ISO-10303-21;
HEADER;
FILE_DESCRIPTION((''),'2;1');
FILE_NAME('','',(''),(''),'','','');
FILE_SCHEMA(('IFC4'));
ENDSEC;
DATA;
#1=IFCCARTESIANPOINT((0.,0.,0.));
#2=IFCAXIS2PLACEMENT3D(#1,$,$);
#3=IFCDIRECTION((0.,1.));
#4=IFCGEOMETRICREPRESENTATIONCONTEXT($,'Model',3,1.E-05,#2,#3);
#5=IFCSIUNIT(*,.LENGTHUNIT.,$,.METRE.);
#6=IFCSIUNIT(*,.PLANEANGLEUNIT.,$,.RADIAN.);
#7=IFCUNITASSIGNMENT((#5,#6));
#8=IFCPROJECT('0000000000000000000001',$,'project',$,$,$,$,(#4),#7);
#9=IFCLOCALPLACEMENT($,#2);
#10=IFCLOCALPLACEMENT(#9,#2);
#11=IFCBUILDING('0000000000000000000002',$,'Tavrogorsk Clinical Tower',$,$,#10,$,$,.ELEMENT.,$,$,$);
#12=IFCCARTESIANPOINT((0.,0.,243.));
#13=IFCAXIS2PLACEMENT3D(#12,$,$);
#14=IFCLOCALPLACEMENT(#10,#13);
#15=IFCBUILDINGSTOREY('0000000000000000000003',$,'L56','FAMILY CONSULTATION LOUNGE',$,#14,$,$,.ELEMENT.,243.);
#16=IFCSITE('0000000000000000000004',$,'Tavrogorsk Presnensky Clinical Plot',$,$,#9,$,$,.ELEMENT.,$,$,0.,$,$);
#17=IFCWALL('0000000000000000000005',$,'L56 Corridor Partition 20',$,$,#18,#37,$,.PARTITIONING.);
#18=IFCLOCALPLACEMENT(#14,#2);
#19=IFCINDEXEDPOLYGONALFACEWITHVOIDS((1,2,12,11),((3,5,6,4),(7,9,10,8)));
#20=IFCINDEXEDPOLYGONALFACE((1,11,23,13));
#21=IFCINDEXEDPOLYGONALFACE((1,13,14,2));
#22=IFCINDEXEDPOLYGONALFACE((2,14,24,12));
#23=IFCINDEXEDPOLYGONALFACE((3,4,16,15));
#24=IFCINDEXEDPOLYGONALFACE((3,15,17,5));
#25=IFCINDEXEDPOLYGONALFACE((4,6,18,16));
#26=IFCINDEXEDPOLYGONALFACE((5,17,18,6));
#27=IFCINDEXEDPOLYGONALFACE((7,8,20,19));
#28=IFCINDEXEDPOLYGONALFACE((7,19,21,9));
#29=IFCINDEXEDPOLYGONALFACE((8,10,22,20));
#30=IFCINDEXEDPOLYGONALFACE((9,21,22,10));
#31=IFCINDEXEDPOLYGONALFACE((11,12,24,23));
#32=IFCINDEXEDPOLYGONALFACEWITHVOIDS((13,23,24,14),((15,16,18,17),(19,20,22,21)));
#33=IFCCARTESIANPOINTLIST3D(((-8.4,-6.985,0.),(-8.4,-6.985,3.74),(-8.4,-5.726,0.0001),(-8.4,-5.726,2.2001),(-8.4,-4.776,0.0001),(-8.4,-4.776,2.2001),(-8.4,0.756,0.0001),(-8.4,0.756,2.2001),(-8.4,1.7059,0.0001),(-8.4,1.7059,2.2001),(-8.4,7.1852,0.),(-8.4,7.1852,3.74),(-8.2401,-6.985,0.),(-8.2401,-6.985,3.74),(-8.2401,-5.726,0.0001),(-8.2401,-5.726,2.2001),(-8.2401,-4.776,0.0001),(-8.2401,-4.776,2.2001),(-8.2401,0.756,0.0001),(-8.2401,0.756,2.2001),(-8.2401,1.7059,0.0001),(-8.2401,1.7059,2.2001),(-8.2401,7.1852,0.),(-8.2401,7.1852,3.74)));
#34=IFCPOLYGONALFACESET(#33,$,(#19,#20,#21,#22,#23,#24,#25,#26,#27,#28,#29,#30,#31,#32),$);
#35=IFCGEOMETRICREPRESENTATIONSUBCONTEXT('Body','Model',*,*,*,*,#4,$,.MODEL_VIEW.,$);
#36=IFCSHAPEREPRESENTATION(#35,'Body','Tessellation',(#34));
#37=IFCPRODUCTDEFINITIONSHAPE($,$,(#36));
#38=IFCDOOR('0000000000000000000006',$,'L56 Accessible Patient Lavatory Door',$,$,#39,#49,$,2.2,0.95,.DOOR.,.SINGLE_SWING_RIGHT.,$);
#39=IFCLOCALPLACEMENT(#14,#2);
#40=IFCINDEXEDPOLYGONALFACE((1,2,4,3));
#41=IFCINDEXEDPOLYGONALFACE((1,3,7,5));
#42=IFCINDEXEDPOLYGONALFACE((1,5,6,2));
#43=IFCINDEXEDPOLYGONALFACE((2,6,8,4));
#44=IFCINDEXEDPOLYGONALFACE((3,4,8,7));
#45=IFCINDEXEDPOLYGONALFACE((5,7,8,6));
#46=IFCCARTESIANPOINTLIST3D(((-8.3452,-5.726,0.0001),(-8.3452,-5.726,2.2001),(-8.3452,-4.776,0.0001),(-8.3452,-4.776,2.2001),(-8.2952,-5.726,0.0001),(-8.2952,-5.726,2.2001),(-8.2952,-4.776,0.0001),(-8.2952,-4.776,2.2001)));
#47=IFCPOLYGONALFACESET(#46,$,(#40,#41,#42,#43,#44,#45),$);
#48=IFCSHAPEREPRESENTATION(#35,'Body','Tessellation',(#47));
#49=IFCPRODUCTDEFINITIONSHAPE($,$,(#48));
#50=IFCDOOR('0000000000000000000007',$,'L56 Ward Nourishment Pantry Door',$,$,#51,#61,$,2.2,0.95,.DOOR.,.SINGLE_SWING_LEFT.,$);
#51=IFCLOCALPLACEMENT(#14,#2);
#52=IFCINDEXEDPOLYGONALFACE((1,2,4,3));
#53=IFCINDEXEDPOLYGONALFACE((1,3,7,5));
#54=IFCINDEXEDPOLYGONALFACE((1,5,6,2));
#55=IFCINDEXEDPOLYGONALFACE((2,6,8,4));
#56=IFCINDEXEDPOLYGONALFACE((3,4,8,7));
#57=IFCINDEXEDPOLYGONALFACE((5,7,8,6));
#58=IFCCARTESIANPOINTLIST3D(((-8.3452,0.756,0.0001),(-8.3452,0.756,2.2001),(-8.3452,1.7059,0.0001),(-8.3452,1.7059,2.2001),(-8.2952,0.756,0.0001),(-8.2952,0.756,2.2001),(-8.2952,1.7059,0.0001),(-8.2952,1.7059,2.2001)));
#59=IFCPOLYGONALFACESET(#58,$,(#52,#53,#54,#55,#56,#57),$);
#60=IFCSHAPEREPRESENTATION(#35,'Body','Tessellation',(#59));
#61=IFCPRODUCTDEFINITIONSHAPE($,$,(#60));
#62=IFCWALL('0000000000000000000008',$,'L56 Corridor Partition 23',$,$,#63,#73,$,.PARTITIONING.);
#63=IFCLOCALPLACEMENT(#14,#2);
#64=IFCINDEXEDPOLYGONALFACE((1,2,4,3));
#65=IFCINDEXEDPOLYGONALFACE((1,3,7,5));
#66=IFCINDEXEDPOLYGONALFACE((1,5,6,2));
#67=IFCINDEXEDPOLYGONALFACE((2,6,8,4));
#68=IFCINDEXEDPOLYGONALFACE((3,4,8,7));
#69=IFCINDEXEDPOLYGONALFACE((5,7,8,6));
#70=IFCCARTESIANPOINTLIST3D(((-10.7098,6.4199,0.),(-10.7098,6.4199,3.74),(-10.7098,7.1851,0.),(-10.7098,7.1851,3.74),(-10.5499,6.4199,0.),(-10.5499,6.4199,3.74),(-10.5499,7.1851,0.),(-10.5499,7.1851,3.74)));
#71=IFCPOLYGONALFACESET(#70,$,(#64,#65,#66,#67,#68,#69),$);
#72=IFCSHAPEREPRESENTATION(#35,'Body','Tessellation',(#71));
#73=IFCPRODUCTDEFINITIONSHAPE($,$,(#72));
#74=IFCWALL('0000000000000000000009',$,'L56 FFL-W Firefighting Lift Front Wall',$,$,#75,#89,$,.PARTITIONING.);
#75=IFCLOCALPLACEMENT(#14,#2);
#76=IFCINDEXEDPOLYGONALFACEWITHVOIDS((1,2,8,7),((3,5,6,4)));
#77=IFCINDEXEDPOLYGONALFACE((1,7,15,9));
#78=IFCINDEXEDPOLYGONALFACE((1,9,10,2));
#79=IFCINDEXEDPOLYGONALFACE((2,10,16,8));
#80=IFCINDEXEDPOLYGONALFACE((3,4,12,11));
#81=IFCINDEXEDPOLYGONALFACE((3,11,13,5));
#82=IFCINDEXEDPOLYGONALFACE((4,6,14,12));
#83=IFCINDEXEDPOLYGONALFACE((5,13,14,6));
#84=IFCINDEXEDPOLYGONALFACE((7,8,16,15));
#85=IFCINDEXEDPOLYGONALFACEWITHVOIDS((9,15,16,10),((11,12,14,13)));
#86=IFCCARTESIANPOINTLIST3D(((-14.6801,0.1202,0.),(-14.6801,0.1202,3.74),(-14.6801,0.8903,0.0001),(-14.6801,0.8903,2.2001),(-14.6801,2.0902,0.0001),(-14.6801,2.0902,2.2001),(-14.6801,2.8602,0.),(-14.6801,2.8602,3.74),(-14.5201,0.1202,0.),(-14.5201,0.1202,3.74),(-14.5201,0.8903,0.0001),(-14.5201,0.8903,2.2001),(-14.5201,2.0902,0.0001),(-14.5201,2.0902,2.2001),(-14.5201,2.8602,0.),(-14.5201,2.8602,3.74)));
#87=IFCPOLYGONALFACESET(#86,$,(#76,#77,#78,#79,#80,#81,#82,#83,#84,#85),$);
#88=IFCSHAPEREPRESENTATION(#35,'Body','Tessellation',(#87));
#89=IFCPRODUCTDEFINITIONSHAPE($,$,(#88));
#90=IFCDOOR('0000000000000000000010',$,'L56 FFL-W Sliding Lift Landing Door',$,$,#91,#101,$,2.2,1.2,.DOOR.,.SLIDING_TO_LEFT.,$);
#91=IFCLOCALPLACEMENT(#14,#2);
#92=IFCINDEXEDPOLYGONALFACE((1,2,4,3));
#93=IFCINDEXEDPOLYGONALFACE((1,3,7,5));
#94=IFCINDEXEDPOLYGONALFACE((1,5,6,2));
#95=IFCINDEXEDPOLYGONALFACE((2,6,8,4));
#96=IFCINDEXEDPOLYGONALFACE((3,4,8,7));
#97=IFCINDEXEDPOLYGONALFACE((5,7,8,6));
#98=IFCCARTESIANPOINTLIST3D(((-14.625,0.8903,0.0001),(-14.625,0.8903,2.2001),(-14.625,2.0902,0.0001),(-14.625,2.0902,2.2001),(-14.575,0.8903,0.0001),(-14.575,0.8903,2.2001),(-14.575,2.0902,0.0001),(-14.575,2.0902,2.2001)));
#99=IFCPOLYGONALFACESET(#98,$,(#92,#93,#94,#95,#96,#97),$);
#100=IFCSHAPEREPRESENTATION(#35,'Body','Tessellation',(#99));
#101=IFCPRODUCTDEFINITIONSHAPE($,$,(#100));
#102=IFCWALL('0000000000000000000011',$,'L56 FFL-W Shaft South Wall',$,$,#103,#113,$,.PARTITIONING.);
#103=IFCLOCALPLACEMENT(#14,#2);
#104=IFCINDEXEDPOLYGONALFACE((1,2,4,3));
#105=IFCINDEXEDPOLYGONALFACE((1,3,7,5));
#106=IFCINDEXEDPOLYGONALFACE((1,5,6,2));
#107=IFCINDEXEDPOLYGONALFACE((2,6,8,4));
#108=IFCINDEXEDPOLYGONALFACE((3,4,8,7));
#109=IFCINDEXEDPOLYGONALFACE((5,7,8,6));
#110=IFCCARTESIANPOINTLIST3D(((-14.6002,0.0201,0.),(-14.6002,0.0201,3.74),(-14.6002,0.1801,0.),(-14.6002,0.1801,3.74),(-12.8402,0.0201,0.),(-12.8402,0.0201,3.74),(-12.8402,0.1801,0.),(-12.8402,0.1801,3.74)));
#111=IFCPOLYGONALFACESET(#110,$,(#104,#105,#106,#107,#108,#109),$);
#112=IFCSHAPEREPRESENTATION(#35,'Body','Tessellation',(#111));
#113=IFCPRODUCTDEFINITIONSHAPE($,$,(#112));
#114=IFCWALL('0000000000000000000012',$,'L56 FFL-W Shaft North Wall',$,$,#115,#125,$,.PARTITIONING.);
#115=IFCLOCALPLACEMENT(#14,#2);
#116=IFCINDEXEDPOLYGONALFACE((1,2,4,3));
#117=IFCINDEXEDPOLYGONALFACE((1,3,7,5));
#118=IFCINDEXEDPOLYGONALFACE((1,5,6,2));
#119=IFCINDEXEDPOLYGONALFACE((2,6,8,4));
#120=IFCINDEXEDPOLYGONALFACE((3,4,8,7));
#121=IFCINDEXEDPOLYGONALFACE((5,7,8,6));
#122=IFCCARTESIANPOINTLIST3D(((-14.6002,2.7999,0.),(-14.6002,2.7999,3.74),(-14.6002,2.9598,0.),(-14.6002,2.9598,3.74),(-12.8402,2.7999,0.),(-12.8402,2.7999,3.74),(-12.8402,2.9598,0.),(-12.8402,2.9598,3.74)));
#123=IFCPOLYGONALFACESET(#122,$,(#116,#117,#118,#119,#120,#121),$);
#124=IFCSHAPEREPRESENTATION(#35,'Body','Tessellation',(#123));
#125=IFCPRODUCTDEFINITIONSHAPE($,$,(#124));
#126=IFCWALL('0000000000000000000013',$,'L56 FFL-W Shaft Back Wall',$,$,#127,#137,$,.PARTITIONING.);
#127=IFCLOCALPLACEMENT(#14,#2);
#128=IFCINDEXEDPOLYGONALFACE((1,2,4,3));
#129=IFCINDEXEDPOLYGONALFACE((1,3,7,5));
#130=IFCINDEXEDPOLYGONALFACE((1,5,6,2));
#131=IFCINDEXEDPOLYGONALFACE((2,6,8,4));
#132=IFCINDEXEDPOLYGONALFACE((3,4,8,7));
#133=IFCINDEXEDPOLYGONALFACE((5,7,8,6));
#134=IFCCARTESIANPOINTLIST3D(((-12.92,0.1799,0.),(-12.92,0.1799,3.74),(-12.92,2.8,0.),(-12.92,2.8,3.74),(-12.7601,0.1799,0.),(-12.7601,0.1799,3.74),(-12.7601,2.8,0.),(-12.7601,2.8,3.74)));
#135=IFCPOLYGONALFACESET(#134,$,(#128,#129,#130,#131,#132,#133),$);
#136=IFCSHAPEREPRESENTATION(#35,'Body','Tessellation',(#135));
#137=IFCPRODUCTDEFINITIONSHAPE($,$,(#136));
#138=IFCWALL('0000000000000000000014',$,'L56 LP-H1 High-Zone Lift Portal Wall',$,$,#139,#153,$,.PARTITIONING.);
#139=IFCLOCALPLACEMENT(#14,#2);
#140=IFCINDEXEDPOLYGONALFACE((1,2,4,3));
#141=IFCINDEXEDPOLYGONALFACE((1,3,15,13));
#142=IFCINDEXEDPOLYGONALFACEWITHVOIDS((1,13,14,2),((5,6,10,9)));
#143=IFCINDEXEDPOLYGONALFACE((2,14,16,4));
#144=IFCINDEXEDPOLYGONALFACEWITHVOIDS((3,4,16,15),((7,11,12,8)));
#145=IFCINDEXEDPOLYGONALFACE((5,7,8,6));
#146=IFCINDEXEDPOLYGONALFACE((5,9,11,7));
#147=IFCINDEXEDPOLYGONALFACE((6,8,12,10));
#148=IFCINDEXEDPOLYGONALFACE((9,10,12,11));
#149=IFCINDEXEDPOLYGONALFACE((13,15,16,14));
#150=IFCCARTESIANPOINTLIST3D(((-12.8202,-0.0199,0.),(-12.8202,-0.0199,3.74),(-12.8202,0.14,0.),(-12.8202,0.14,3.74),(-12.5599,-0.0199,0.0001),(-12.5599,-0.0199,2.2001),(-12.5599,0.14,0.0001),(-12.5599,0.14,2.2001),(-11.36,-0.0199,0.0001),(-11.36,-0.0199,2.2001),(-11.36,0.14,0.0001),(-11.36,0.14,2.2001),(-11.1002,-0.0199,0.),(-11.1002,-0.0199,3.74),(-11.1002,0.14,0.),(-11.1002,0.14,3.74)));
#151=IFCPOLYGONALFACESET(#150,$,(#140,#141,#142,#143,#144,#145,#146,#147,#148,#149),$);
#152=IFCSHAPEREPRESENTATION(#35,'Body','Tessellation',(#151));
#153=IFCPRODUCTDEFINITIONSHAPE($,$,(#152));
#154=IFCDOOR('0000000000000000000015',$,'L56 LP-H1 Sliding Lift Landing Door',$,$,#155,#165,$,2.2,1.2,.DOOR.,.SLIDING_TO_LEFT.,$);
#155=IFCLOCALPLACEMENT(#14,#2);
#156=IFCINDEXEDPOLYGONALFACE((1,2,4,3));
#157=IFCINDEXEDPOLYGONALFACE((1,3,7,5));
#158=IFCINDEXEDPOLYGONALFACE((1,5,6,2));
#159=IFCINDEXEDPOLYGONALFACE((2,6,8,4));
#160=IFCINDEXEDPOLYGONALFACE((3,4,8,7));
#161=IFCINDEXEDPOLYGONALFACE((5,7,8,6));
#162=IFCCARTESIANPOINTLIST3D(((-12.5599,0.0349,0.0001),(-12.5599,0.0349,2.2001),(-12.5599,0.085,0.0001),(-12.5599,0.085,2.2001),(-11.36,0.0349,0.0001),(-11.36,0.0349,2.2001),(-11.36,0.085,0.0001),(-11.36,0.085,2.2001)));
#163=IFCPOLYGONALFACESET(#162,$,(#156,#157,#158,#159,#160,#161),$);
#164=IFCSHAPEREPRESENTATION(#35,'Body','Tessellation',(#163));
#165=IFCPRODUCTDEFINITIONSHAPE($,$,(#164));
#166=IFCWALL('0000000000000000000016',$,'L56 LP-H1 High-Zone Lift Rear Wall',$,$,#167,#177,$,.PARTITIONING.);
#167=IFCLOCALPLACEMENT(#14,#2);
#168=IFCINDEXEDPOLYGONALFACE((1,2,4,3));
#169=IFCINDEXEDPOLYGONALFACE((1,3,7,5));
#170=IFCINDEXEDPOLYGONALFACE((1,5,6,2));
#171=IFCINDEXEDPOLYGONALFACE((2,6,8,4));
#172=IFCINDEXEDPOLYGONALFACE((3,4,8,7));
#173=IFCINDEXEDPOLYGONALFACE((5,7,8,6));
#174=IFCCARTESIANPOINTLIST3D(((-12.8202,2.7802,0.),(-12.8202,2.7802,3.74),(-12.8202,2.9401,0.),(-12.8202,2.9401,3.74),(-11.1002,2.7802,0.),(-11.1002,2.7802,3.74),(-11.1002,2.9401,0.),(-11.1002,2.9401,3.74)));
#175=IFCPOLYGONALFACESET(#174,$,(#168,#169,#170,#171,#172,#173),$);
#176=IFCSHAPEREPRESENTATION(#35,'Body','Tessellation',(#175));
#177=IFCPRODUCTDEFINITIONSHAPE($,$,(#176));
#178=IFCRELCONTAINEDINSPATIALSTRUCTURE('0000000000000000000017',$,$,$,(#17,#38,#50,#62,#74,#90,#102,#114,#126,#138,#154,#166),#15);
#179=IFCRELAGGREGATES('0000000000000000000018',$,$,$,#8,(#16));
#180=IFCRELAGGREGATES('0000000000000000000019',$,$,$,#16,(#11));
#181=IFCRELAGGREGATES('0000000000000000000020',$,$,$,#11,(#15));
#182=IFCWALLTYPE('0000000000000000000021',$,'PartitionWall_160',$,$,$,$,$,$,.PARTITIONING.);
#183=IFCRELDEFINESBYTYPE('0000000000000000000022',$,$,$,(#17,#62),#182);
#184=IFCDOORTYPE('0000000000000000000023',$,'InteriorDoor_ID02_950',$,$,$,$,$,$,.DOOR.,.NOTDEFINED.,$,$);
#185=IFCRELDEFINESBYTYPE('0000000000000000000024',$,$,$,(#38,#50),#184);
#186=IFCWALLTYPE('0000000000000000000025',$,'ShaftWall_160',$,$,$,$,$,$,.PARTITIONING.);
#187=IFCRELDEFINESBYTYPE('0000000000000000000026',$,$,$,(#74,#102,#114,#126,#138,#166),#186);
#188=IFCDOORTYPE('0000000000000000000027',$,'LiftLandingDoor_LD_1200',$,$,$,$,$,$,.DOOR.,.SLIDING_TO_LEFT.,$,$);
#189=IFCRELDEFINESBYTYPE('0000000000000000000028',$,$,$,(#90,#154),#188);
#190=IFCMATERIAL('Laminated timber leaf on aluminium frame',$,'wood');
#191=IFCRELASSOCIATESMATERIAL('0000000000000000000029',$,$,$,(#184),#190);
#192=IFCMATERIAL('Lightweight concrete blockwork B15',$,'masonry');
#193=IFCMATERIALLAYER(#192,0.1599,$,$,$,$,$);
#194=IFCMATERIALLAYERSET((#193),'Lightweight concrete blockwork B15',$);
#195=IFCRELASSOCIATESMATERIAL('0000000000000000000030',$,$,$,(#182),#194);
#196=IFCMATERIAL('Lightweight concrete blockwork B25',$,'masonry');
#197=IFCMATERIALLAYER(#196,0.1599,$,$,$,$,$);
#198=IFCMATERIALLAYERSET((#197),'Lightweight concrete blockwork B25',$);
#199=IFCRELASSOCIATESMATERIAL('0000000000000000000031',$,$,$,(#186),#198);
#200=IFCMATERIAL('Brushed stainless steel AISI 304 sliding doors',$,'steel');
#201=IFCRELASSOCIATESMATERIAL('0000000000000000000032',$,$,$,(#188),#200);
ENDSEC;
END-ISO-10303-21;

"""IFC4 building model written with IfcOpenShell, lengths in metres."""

from ifc_helpers import new_model, si_unit, direction, frame, frame_2d, origin, place, context, subcontext, project, spatial, rectangle, extrude, material, layer, layer_set, type_object, element, fill, save


model = new_model("IFC4")

# Units and contexts
model_context = context("Model", 3, precision=1e-05, world=origin(), true_north=direction((0.0, 1.0)))
body_context = subcontext(model_context, "Body", "Model", "MODEL_VIEW")
ifc_project = project(units=[si_unit("LENGTHUNIT", "METRE"), si_unit("PLANEANGLEUNIT", "RADIAN")], contexts=[model_context])

# Site, building, storey
site_placement = place(None, origin())
site = spatial("IfcSite", under=ifc_project, at=site_placement, Name="Tavrogorsk Presnensky Clinical Plot", CompositionType="ELEMENT", RefElevation=0.0)
building_placement = place(site_placement, origin())
building = spatial("IfcBuilding", under=site, at=building_placement, Name="Tavrogorsk Clinical Tower", CompositionType="ELEMENT")
storey_placement = place(building_placement, frame((0.0, 0.0, 243.0)))
storey = spatial("IfcBuildingStorey", under=building, at=storey_placement, Name="L56", Description="FAMILY CONSULTATION LOUNGE", CompositionType="ELEMENT", Elevation=243.0)

# Shared definitions
ifc_material_1 = material(Name="Laminated timber leaf on aluminium frame", Category="wood")
door_type_1 = type_object("IfcDoorType", Name="InteriorDoor_ID02_950", OperationType="NOTDEFINED", PredefinedType="DOOR", material=ifc_material_1)

# Wall, openings, doors
ifc_material_2 = material(Name="Lightweight concrete blockwork B15", Category="masonry")
ifc_layer_1 = layer(ifc_material_2, 0.1599)
ifc_layer_set_1 = layer_set([ifc_layer_1], Name="Lightweight concrete blockwork B15")
wall_type_1 = type_object("IfcWallType", Name="PartitionWall_160", PredefinedType="PARTITIONING", material=ifc_layer_set_1)
wall_1_placement = place(storey_placement, frame((-8.3201, 7.1851, 0.0), z_axis=(0.0, 0.0, 1.0), x_axis=(0.0, -1.0, 0.0)))
wall_1 = element("IfcWall", 1, at=wall_1_placement, inside=storey, type_object=wall_type_1, Name="L56 Corridor Partition 20", PredefinedType="PARTITIONING", context=body_context, shape_type="SweptSolid", body=[
    extrude(rectangle(XDim=14.1702, YDim=0.1599, at=frame_2d((7.085, 0.0))), origin(), (0.0, 0.0, 1.0), 3.74),
])
opening_1_placement = place(wall_1_placement, frame((11.9609, 0.0, 0.0)))
opening_1 = element("IfcOpeningElement", 2, at=opening_1_placement, cuts=wall_1, PredefinedType="OPENING", context=body_context, shape_type="SweptSolid", body=[
    extrude(rectangle(XDim=0.95, YDim=2.2, at=frame_2d((0.4751, 1.1001))), frame((0.0, 0.0898, 0.0), z_axis=(0.0, -1.0, 0.0), x_axis=(1.0, 0.0, 0.0)), (0.0, 0.0, 1.0), 0.1799),
])
opening_2_placement = place(wall_1_placement, frame((5.479, 0.0, 0.0)))
opening_2 = element("IfcOpeningElement", 3, at=opening_2_placement, cuts=wall_1, PredefinedType="OPENING", context=body_context, shape_type="SweptSolid", body=[
    extrude(rectangle(XDim=0.95, YDim=2.2, at=frame_2d((0.4751, 1.1001))), frame((0.0, 0.0898, 0.0), z_axis=(0.0, -1.0, 0.0), x_axis=(1.0, 0.0, 0.0)), (0.0, 0.0, 1.0), 0.1799),
])
door_1_placement = place(opening_1_placement, origin())
door_1 = element("IfcDoor", 4, at=door_1_placement, inside=storey, type_object=door_type_1, Name="L56 Accessible Patient Lavatory Door", OperationType="SINGLE_SWING_RIGHT", OverallHeight=2.2, OverallWidth=0.95, PredefinedType="DOOR", context=body_context, shape_type="SweptSolid", body=[
    extrude(rectangle(XDim=0.95, YDim=2.2, at=frame_2d((0.4751, 1.1001))), frame((0.0, 0.0249, 0.0), z_axis=(0.0, -1.0, 0.0), x_axis=(1.0, 0.0, 0.0)), (0.0, 0.0, 1.0), 0.05),
])
fill(opening_1, door_1)
door_2_placement = place(opening_2_placement, origin())
door_2 = element("IfcDoor", 5, at=door_2_placement, inside=storey, type_object=door_type_1, Name="L56 Ward Nourishment Pantry Door", OperationType="SINGLE_SWING_LEFT", OverallHeight=2.2, OverallWidth=0.95, PredefinedType="DOOR", context=body_context, shape_type="SweptSolid", body=[
    extrude(rectangle(XDim=0.95, YDim=2.2, at=frame_2d((0.4751, 1.1001))), frame((0.0, 0.0249, 0.0), z_axis=(0.0, -1.0, 0.0), x_axis=(1.0, 0.0, 0.0)), (0.0, 0.0, 1.0), 0.05),
])
fill(opening_2, door_2)

# Wall
wall_2_placement = place(storey_placement, frame((-10.6299, 6.4199, 0.0), z_axis=(0.0, 0.0, 1.0), x_axis=(0.0, 1.0, 0.0)))
element("IfcWall", 6, at=wall_2_placement, inside=storey, type_object=wall_type_1, Name="L56 Corridor Partition 23", PredefinedType="PARTITIONING", context=body_context, shape_type="SweptSolid", body=[
    extrude(rectangle(XDim=0.7651, YDim=0.1599, at=frame_2d((0.3826, 0.0))), origin(), (0.0, 0.0, 1.0), 3.74),
])

# Wall, opening, door
ifc_material_3 = material(Name="Lightweight concrete blockwork B25", Category="masonry")
ifc_layer_2 = layer(ifc_material_3, 0.1599)
ifc_layer_set_2 = layer_set([ifc_layer_2], Name="Lightweight concrete blockwork B25")
wall_type_2 = type_object("IfcWallType", Name="ShaftWall_160", PredefinedType="PARTITIONING", material=ifc_layer_set_2)
wall_3_placement = place(storey_placement, frame((-14.6001, 0.1201, 0.0), z_axis=(0.0, 0.0, 1.0), x_axis=(0.0, 1.0, 0.0)))
wall_3 = element("IfcWall", 7, at=wall_3_placement, inside=storey, type_object=wall_type_2, Name="L56 FFL-W Firefighting Lift Front Wall", PredefinedType="PARTITIONING", context=body_context, shape_type="SweptSolid", body=[
    extrude(rectangle(XDim=2.74, YDim=0.1599, at=frame_2d((1.3701, 0.0))), origin(), (0.0, 0.0, 1.0), 3.74),
])
opening_3_placement = place(wall_3_placement, frame((0.77, 0.0, 0.0)))
opening_3 = element("IfcOpeningElement", 8, at=opening_3_placement, cuts=wall_3, PredefinedType="OPENING", context=body_context, shape_type="SweptSolid", body=[
    extrude(rectangle(XDim=1.2, YDim=2.2, at=frame_2d((0.6001, 1.1001))), frame((0.0, 0.0898, 0.0), z_axis=(0.0, -1.0, 0.0), x_axis=(1.0, 0.0, 0.0)), (0.0, 0.0, 1.0), 0.1799),
])
ifc_material_4 = material(Name="Brushed stainless steel AISI 304 sliding doors", Category="steel")
door_type_2 = type_object("IfcDoorType", Name="LiftLandingDoor_LD_1200", OperationType="SLIDING_TO_LEFT", PredefinedType="DOOR", material=ifc_material_4)
door_3_placement = place(opening_3_placement, origin())
door_3 = element("IfcDoor", 9, at=door_3_placement, inside=storey, type_object=door_type_2, Name="L56 FFL-W Sliding Lift Landing Door", OperationType="SLIDING_TO_LEFT", OverallHeight=2.2, OverallWidth=1.2, PredefinedType="DOOR", context=body_context, shape_type="SweptSolid", body=[
    extrude(rectangle(XDim=1.2, YDim=2.2, at=frame_2d((0.6001, 1.1001))), frame((0.0, 0.0249, 0.0), z_axis=(0.0, -1.0, 0.0), x_axis=(1.0, 0.0, 0.0)), (0.0, 0.0, 1.0), 0.05),
])
fill(opening_3, door_3)

# Walls
for number, where, z_axis, x_axis, name in (
    (10, (-14.6001, 0.1001, 0.0), (0.0, 0.0, 1.0), (1.0, 0.0, 0.0), "L56 FFL-W Shaft South Wall"),
    (11, (-14.6001, 2.8799, 0.0), (0.0, 0.0, 1.0), (1.0, 0.0, 0.0), "L56 FFL-W Shaft North Wall"),
):
    element("IfcWall", number, at=place(storey_placement, frame(where, z_axis=z_axis, x_axis=x_axis)), inside=storey, type_object=wall_type_2, Name=name, PredefinedType="PARTITIONING", context=body_context, shape_type="SweptSolid", body=[
        extrude(rectangle(XDim=1.76, YDim=0.1599, at=frame_2d((0.8799, 0.0))), origin(), (0.0, 0.0, 1.0), 3.74),
    ])
wall_4_placement = place(storey_placement, frame((-12.8401, 0.1799, 0.0), z_axis=(0.0, 0.0, 1.0), x_axis=(0.0, 1.0, 0.0)))
element("IfcWall", 12, at=wall_4_placement, inside=storey, type_object=wall_type_2, Name="L56 FFL-W Shaft Back Wall", PredefinedType="PARTITIONING", context=body_context, shape_type="SweptSolid", body=[
    extrude(rectangle(XDim=2.6201, YDim=0.1599, at=frame_2d((1.3101, 0.0))), origin(), (0.0, 0.0, 1.0), 3.74),
])

# Wall, opening, door
wall_5_placement = place(storey_placement, frame((-12.8201, 0.0601, 0.0), z_axis=(0.0, 0.0, 1.0), x_axis=(1.0, 0.0, 0.0)))
wall_5 = element("IfcWall", 13, at=wall_5_placement, inside=storey, type_object=wall_type_2, Name="L56 LP-H1 High-Zone Lift Portal Wall", PredefinedType="PARTITIONING", context=body_context, shape_type="SweptSolid", body=[
    extrude(rectangle(XDim=1.72, YDim=0.1599, at=frame_2d((0.8599, 0.0))), origin(), (0.0, 0.0, 1.0), 3.74),
])
opening_4_placement = place(wall_5_placement, frame((0.26, 0.0, 0.0)))
opening_4 = element("IfcOpeningElement", 14, at=opening_4_placement, cuts=wall_5, PredefinedType="OPENING", context=body_context, shape_type="SweptSolid", body=[
    extrude(rectangle(XDim=1.2, YDim=2.2, at=frame_2d((0.6001, 1.1001))), frame((0.0, 0.0898, 0.0), z_axis=(0.0, -1.0, 0.0), x_axis=(1.0, 0.0, 0.0)), (0.0, 0.0, 1.0), 0.1799),
])
door_4_placement = place(opening_4_placement, origin())
door_4 = element("IfcDoor", 15, at=door_4_placement, inside=storey, type_object=door_type_2, Name="L56 LP-H1 Sliding Lift Landing Door", OperationType="SLIDING_TO_LEFT", OverallHeight=2.2, OverallWidth=1.2, PredefinedType="DOOR", context=body_context, shape_type="SweptSolid", body=[
    extrude(rectangle(XDim=1.2, YDim=2.2, at=frame_2d((0.6001, 1.1001))), frame((0.0, 0.0249, 0.0), z_axis=(0.0, -1.0, 0.0), x_axis=(1.0, 0.0, 0.0)), (0.0, 0.0, 1.0), 0.05),
])
fill(opening_4, door_4)

# Wall
wall_6_placement = place(storey_placement, frame((-12.8201, 2.8601, 0.0), z_axis=(0.0, 0.0, 1.0), x_axis=(1.0, 0.0, 0.0)))
element("IfcWall", 16, at=wall_6_placement, inside=storey, type_object=wall_type_2, Name="L56 LP-H1 High-Zone Lift Rear Wall", PredefinedType="PARTITIONING", context=body_context, shape_type="SweptSolid", body=[
    extrude(rectangle(XDim=1.72, YDim=0.1599, at=frame_2d((0.8599, 0.0))), origin(), (0.0, 0.0, 1.0), 3.74),
])

save(model, "model.ifc")
